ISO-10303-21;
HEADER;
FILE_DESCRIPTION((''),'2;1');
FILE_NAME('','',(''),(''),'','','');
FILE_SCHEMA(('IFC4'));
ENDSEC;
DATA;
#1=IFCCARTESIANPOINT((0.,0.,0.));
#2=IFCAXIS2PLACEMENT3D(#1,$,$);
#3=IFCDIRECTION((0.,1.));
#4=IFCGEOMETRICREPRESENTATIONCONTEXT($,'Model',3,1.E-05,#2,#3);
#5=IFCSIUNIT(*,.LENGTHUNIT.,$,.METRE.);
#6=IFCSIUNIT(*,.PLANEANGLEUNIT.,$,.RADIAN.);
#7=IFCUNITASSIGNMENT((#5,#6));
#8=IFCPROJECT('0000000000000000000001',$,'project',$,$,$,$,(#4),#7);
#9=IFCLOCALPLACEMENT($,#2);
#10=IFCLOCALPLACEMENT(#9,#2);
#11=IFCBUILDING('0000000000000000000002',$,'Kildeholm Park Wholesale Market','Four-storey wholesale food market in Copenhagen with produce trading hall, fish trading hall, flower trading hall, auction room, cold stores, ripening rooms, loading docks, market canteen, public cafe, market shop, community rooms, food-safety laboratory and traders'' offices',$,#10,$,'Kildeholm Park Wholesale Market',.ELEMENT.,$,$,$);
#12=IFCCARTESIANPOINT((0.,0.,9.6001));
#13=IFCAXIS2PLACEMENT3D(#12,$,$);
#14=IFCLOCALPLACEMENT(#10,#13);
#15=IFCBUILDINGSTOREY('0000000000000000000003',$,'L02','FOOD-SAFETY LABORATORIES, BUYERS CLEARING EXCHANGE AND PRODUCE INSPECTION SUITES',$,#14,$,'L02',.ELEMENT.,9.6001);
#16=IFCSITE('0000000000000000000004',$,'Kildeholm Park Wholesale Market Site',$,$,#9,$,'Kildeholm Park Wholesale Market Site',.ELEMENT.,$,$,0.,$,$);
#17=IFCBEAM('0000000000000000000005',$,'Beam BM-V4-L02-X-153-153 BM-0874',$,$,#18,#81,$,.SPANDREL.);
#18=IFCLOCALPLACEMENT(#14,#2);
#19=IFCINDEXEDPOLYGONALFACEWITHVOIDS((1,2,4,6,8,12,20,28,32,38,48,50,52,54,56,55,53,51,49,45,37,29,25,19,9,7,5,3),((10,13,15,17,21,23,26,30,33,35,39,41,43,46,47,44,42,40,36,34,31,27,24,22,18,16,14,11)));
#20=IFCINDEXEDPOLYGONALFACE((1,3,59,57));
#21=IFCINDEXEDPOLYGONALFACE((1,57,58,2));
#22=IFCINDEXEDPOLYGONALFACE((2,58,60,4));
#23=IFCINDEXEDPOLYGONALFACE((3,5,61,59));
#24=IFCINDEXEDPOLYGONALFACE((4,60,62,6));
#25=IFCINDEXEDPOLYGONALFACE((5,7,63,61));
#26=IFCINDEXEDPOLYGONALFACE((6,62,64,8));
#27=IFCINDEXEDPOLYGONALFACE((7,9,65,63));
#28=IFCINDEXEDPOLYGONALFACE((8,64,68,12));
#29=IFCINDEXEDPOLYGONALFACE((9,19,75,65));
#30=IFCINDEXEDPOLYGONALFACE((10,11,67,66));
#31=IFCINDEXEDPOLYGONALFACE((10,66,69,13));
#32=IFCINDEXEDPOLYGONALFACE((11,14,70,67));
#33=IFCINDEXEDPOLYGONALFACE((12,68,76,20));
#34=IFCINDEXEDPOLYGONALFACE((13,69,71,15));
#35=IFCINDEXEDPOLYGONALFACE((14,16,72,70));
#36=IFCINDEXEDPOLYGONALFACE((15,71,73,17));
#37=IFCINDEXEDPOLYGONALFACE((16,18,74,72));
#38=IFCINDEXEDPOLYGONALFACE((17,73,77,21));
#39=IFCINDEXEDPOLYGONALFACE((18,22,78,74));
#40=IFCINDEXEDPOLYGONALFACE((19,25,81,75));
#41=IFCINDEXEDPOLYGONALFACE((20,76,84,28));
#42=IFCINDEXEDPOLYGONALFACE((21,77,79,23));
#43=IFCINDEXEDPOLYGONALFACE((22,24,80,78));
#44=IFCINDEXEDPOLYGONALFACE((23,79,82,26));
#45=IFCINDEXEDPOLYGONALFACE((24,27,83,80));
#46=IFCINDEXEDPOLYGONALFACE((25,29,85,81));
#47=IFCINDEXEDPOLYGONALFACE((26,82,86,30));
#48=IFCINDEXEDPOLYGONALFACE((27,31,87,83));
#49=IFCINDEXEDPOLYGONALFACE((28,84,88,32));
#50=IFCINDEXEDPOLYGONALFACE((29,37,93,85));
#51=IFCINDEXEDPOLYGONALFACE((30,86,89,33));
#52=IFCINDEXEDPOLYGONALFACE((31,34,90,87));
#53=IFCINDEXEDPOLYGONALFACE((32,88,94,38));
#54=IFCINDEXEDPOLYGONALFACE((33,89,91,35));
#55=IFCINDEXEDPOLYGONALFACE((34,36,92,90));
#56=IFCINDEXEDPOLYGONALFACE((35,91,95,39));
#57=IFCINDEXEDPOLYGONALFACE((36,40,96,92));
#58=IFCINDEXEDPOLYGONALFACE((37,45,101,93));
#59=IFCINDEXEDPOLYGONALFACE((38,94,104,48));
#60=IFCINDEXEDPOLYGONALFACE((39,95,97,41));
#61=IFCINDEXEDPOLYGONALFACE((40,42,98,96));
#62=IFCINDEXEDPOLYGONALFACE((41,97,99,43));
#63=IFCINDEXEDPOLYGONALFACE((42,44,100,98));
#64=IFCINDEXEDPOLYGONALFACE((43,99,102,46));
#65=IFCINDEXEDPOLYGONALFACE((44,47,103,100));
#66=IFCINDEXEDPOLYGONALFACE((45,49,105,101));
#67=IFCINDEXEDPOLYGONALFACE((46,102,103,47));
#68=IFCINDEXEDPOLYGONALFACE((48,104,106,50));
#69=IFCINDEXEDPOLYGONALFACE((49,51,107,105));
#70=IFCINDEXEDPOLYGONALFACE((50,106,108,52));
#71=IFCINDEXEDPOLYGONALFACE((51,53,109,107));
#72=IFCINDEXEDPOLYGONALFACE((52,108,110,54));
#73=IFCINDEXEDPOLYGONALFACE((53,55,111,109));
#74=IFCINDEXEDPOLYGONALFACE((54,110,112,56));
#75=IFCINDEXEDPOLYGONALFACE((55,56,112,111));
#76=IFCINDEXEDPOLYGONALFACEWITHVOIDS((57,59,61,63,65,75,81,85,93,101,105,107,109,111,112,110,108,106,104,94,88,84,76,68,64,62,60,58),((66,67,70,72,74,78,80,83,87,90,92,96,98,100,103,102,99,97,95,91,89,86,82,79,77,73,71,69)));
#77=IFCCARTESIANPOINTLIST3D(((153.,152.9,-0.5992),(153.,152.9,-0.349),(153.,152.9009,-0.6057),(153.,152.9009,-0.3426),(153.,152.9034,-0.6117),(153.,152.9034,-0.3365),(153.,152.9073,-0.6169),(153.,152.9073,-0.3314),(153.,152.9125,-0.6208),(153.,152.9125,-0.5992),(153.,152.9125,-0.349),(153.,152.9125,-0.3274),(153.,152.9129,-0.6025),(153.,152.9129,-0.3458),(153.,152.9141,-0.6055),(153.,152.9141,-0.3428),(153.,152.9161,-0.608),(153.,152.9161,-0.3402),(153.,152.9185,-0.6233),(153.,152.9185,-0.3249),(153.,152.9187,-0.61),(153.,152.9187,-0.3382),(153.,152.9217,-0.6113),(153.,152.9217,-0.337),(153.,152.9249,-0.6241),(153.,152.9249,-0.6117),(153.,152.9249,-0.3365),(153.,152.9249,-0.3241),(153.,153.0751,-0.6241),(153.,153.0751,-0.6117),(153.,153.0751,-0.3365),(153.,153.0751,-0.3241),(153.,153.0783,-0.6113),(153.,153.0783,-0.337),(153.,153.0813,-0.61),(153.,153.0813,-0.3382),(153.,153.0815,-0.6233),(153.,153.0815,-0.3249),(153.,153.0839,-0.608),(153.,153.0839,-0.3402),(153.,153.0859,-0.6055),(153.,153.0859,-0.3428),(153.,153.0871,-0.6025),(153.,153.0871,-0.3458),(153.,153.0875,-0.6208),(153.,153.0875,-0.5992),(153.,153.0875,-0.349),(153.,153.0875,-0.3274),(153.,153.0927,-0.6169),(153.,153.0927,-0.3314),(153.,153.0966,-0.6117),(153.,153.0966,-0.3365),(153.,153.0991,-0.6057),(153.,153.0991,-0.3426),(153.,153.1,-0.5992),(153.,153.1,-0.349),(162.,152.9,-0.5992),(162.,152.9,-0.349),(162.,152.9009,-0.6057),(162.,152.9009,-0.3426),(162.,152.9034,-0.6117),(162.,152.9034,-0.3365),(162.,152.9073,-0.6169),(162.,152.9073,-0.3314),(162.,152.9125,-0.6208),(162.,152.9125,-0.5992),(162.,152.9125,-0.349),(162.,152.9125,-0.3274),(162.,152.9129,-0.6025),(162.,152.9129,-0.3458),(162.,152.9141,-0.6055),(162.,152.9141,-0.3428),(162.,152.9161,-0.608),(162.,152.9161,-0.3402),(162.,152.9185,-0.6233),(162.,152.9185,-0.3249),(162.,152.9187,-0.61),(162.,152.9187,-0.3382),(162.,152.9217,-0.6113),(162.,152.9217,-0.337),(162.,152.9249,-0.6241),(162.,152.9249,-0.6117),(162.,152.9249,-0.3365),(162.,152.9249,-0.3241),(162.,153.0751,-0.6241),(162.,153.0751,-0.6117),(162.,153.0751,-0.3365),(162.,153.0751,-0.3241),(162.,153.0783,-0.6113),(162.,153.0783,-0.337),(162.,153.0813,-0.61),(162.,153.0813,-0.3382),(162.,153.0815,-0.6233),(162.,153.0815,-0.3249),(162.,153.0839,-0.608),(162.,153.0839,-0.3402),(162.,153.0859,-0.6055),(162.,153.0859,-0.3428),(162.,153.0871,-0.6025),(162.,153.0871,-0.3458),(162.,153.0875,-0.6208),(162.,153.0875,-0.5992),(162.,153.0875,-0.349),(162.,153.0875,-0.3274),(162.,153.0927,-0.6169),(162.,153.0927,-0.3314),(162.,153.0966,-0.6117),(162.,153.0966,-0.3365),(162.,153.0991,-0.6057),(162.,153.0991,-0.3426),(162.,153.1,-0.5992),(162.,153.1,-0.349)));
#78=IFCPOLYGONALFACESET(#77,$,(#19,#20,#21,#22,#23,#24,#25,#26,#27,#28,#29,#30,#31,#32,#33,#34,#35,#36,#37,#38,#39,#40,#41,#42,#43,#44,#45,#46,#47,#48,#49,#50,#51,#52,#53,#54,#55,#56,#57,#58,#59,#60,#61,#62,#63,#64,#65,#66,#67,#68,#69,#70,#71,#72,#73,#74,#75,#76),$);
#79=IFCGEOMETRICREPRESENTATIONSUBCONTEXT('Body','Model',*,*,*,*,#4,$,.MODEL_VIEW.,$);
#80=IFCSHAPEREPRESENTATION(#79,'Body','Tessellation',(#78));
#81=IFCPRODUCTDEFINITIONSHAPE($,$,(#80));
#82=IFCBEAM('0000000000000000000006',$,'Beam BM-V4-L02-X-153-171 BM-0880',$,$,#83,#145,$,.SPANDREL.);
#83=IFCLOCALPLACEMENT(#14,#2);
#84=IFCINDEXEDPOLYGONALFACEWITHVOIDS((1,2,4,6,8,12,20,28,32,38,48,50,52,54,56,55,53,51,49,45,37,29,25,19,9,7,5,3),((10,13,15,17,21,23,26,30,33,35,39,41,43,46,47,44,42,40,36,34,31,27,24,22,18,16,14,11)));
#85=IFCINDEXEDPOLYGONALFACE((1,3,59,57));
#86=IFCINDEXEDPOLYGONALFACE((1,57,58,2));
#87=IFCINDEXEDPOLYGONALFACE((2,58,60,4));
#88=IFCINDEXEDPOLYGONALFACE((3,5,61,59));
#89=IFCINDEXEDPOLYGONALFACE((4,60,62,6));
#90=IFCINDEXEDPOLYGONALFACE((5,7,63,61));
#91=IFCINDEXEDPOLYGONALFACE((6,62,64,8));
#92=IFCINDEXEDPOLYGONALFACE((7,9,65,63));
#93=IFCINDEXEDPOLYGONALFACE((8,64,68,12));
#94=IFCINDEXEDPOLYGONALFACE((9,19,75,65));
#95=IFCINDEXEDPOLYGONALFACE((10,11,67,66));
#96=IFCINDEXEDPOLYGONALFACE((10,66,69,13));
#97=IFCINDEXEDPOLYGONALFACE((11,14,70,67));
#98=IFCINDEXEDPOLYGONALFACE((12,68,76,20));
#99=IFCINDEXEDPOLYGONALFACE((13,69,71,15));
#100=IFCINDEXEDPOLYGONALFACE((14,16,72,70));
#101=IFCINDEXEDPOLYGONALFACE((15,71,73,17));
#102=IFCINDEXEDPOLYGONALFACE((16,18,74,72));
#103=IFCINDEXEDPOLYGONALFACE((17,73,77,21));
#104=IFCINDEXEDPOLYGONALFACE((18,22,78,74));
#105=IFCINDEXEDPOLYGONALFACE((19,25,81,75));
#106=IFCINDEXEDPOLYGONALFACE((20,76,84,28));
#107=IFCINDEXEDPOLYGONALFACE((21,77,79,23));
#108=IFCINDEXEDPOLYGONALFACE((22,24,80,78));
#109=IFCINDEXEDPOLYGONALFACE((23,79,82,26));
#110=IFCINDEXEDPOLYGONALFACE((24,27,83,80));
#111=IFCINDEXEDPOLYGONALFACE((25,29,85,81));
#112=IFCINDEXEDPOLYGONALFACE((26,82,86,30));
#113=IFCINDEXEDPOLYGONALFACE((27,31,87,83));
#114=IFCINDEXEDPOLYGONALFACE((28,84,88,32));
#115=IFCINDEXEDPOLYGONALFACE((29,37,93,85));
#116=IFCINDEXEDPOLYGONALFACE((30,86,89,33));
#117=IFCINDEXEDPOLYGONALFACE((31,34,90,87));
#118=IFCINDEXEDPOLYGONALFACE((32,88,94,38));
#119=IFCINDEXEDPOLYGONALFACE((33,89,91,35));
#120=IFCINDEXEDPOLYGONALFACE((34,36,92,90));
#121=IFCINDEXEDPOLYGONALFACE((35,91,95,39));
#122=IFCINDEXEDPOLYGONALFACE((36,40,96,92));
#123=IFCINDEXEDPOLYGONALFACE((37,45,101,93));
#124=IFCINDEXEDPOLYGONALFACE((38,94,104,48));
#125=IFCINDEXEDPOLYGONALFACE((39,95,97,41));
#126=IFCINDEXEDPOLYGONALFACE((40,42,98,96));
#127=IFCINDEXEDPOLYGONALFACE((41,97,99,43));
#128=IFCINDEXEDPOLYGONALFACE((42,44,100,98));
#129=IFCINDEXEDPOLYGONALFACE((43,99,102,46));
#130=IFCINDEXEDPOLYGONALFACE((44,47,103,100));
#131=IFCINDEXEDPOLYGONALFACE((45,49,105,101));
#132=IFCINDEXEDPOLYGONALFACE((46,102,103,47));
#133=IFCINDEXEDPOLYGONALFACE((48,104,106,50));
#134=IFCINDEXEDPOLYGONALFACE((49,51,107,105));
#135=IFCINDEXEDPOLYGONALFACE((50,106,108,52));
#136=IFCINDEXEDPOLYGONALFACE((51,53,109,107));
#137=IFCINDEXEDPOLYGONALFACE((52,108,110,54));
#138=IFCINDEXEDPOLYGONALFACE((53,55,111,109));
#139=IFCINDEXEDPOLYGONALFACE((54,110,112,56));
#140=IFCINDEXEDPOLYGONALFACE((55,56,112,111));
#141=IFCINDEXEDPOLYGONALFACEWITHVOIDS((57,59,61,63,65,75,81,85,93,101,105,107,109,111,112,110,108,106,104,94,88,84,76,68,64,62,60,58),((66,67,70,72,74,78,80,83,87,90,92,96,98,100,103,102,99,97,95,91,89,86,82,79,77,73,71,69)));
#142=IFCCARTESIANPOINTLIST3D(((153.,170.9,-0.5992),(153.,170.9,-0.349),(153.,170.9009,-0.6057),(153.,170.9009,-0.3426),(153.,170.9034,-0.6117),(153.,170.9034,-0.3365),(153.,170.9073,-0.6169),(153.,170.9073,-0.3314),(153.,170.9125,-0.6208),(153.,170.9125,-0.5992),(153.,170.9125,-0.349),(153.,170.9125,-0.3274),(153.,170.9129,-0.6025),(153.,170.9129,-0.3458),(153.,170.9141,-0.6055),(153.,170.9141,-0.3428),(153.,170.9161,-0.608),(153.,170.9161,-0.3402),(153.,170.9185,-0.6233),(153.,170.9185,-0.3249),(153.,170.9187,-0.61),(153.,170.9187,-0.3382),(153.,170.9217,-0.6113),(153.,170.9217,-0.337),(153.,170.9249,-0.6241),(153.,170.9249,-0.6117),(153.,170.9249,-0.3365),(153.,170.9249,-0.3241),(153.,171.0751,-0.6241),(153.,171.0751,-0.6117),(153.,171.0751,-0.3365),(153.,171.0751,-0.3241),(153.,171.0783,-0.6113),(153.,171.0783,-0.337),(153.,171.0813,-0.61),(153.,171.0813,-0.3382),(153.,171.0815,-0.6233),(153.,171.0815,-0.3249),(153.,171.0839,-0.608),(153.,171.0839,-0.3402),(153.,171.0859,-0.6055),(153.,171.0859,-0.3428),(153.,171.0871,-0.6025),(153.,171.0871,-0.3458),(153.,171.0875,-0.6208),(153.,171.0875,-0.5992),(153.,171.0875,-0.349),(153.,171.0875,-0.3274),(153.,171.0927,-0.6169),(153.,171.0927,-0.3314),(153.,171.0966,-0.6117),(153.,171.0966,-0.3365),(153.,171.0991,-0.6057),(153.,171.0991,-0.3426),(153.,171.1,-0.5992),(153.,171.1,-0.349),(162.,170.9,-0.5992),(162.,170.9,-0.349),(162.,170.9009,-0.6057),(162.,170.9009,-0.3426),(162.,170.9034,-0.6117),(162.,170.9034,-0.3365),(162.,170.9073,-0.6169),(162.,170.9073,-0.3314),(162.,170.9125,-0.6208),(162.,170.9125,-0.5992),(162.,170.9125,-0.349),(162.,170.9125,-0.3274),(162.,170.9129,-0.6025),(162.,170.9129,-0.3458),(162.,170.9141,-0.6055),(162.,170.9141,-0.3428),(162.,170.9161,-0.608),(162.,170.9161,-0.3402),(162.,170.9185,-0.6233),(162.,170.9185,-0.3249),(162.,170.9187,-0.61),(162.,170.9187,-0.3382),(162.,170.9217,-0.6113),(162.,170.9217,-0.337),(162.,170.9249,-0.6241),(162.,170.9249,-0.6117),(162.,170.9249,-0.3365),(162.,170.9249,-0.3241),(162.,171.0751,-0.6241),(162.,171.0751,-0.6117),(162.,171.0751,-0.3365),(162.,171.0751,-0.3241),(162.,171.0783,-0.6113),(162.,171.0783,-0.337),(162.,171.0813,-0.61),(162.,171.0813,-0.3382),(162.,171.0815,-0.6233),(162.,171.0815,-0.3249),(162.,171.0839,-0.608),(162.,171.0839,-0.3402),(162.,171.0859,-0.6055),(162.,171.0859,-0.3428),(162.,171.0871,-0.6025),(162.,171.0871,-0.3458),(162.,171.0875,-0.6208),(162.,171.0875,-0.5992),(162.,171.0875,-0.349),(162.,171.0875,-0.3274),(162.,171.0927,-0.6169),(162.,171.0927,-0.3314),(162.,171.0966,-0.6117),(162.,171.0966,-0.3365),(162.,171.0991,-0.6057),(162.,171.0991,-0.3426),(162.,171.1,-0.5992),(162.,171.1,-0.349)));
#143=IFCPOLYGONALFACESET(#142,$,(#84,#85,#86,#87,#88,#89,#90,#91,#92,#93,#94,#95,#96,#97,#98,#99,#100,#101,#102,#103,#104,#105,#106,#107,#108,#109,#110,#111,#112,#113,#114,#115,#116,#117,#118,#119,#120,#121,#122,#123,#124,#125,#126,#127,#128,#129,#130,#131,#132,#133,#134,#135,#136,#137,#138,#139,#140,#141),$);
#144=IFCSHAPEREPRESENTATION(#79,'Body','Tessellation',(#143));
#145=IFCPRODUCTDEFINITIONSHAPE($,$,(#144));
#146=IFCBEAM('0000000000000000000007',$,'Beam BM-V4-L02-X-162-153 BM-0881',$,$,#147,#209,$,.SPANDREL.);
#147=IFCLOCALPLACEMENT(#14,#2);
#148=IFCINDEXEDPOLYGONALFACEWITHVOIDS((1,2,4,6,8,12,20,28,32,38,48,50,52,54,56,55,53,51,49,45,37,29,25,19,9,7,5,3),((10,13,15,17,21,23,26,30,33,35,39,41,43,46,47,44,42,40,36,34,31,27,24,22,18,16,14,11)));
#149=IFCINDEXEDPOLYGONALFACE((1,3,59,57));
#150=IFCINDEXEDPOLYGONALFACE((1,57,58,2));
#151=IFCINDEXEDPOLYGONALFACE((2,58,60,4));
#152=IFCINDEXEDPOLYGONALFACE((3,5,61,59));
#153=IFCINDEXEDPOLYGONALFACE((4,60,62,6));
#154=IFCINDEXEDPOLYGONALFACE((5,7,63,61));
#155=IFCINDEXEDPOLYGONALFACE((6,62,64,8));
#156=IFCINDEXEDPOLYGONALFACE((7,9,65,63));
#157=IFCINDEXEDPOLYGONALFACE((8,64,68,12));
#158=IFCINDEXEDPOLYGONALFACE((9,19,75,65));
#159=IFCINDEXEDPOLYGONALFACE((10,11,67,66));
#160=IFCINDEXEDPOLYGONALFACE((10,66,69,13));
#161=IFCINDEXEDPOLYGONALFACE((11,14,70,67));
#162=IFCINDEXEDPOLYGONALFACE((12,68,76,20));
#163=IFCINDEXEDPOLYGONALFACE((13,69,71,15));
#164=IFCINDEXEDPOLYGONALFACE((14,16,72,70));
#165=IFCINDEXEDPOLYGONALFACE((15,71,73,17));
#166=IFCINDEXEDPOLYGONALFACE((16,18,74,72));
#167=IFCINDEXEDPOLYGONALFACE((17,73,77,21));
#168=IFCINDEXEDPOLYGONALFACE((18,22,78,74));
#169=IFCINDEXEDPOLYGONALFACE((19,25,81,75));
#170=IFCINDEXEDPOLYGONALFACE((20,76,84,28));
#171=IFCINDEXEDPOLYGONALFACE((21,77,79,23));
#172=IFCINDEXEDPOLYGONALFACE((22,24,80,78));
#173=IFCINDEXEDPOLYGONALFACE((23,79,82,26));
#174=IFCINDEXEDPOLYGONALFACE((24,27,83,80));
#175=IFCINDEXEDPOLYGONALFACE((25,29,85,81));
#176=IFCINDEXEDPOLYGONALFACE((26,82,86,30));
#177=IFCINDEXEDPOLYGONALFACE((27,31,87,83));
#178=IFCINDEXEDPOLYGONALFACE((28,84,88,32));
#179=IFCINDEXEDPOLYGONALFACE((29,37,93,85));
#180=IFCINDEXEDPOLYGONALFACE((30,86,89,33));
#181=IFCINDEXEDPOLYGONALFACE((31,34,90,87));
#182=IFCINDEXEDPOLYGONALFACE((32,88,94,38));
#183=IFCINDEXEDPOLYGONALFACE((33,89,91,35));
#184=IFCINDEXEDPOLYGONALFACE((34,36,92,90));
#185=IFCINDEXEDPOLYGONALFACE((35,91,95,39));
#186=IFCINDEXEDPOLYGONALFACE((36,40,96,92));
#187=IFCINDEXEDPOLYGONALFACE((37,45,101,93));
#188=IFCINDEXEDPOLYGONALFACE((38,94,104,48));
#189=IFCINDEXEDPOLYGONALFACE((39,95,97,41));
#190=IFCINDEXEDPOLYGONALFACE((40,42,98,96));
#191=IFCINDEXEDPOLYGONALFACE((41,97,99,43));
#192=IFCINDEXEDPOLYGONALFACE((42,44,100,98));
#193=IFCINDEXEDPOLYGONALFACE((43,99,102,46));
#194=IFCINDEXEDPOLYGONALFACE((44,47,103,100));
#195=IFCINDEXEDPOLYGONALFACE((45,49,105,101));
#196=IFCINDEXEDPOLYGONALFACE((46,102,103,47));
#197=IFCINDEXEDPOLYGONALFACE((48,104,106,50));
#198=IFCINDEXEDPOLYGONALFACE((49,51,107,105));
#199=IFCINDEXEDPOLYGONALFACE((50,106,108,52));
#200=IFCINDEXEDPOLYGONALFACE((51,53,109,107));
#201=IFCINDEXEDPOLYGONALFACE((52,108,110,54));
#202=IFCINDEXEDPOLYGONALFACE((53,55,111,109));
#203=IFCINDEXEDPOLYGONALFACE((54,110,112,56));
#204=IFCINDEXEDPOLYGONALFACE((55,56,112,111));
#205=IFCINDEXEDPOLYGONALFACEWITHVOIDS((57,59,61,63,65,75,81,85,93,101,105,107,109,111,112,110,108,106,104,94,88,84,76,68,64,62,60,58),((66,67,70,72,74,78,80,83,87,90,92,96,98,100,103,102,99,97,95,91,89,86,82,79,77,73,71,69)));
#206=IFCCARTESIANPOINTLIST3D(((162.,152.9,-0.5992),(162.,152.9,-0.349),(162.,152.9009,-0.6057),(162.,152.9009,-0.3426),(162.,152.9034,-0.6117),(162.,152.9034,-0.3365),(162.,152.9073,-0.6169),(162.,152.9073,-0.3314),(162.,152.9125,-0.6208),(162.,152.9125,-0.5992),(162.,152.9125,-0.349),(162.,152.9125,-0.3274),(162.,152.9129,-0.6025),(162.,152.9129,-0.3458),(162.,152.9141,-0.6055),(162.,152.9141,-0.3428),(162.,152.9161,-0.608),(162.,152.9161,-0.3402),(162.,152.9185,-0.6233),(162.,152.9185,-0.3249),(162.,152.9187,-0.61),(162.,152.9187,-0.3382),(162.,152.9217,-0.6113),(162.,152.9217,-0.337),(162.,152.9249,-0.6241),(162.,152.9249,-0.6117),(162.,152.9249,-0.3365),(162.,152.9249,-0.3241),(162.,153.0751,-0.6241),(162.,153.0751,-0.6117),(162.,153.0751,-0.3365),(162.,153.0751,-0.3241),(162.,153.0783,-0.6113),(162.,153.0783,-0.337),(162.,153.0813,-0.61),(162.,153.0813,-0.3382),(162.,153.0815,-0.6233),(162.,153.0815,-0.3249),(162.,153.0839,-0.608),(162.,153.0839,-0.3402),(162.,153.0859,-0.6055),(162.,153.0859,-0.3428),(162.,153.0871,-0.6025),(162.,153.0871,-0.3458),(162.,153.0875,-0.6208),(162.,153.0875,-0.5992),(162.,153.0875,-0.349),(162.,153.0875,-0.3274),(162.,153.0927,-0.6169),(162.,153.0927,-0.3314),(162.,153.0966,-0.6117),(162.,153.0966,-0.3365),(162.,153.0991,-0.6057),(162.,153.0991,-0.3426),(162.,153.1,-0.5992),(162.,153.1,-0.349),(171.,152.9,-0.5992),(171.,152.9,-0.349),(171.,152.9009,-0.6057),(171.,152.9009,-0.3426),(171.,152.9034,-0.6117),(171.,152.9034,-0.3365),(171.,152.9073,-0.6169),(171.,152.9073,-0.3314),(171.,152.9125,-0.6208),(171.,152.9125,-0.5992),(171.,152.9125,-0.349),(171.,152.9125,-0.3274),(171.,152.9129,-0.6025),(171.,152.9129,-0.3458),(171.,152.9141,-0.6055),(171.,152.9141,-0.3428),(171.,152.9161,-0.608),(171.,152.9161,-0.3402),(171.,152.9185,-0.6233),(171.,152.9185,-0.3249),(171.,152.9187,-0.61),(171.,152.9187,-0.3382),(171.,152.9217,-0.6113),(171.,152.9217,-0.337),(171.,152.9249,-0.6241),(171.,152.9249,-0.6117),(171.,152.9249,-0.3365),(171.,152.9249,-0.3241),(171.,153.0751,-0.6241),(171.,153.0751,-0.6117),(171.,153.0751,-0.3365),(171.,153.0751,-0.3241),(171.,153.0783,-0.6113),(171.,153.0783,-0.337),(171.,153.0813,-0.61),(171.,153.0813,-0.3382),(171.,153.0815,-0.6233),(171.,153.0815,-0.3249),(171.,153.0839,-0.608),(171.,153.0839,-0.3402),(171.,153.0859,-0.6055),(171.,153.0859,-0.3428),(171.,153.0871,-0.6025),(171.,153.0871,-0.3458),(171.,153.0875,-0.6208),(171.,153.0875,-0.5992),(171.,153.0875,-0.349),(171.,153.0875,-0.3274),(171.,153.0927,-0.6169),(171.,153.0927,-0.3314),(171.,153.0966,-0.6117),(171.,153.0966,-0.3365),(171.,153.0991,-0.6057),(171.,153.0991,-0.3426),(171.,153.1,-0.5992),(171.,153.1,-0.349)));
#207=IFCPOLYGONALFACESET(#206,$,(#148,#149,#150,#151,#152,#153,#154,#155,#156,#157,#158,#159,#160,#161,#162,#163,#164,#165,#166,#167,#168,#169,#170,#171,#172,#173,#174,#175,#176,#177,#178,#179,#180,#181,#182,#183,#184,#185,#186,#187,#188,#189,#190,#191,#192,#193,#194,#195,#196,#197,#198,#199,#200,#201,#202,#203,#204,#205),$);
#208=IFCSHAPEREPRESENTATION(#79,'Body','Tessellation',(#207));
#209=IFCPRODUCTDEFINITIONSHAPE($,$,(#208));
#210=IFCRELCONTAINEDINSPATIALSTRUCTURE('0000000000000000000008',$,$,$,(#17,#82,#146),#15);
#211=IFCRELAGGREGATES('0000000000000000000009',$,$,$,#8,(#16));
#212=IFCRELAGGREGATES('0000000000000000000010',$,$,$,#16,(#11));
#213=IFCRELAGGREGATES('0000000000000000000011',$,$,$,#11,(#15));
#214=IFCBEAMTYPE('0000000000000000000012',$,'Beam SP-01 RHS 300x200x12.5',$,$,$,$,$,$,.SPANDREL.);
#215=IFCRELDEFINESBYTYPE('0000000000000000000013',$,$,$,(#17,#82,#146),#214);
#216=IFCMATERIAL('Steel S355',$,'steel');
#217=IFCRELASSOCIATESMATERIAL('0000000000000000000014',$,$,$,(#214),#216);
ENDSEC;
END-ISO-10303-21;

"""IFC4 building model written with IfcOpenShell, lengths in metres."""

from ifc_helpers import new_model, si_unit, direction, frame, origin, origin_2d, place, context, subcontext, project, spatial, hollow_rectangle, extrude, material, material_profile, profile_set, type_object, element, save


model = new_model("IFC4")

# Units and contexts
model_context = context("Model", 3, precision=1e-05, world=origin(), true_north=direction((0.0, 1.0)))
body_context = subcontext(model_context, "Body", "Model", "MODEL_VIEW")
ifc_project = project(units=[si_unit("LENGTHUNIT", "METRE"), si_unit("PLANEANGLEUNIT", "RADIAN")], contexts=[model_context])

# Site, building, storey
site_placement = place(None, origin())
site = spatial("IfcSite", under=ifc_project, at=site_placement, Name="Kildeholm Park Wholesale Market Site", LongName="Kildeholm Park Wholesale Market Site", CompositionType="ELEMENT", RefElevation=0.0)
building_placement = place(site_placement, origin())
building = spatial("IfcBuilding", under=site, at=building_placement, Name="Kildeholm Park Wholesale Market", Description="Four-storey wholesale food market in Copenhagen with produce trading hall, fish trading hall, flower trading hall, auction room, cold stores, ripening rooms, loading docks, market canteen, public cafe, market shop, community rooms, food-safety laboratory and traders' offices", LongName="Kildeholm Park Wholesale Market", CompositionType="ELEMENT")
storey_placement = place(building_placement, frame((0.0, 0.0, 9.6001)))
storey = spatial("IfcBuildingStorey", under=building, at=storey_placement, Name="L02", Description="FOOD-SAFETY LABORATORIES, BUYERS CLEARING EXCHANGE AND PRODUCE INSPECTION SUITES", LongName="L02", CompositionType="ELEMENT", Elevation=9.6001)

# Beams
ifc_material_1 = material(Name="Steel S355", Category="steel")
ifc_material_profile_1 = material_profile(ifc_material_1, hollow_rectangle(XDim=0.2, YDim=0.3, WallThickness=0.0125, InnerFilletRadius=0.0125, OuterFilletRadius=0.0249, at=origin_2d()), Name="RHS 300x200x12.5")
ifc_profile_set_1 = profile_set([ifc_material_profile_1], Name="Steel S355")
beam_type_1 = type_object("IfcBeamType", Name="Beam SP-01 RHS 300x200x12.5", PredefinedType="SPANDREL", material=ifc_profile_set_1)
for number, where, z_axis, x_axis, name in (
    (1, (153.0, 153.0, -0.4741), (1.0, 0.0, 0.0), (0.0, 1.0, 0.0), "Beam BM-V4-L02-X-153-153 BM-0874"),
    (2, (153.0, 171.0, -0.4741), (1.0, 0.0, 0.0), (0.0, 1.0, 0.0), "Beam BM-V4-L02-X-153-171 BM-0880"),
    (3, (162.0, 153.0, -0.4741), (1.0, 0.0, 0.0), (0.0, 1.0, 0.0), "Beam BM-V4-L02-X-162-153 BM-0881"),
):
    element("IfcBeam", number, at=place(storey_placement, frame(where, z_axis=z_axis, x_axis=x_axis)), inside=storey, type_object=beam_type_1, Name=name, PredefinedType="SPANDREL", context=body_context, shape_type="SweptSolid", body=[
        extrude(hollow_rectangle(XDim=0.2, YDim=0.3, WallThickness=0.0125, InnerFilletRadius=0.0125, OuterFilletRadius=0.0249, at=origin_2d()), origin(), (0.0, 0.0, 1.0), 9.0),
    ])

save(model, "model.ifc")
